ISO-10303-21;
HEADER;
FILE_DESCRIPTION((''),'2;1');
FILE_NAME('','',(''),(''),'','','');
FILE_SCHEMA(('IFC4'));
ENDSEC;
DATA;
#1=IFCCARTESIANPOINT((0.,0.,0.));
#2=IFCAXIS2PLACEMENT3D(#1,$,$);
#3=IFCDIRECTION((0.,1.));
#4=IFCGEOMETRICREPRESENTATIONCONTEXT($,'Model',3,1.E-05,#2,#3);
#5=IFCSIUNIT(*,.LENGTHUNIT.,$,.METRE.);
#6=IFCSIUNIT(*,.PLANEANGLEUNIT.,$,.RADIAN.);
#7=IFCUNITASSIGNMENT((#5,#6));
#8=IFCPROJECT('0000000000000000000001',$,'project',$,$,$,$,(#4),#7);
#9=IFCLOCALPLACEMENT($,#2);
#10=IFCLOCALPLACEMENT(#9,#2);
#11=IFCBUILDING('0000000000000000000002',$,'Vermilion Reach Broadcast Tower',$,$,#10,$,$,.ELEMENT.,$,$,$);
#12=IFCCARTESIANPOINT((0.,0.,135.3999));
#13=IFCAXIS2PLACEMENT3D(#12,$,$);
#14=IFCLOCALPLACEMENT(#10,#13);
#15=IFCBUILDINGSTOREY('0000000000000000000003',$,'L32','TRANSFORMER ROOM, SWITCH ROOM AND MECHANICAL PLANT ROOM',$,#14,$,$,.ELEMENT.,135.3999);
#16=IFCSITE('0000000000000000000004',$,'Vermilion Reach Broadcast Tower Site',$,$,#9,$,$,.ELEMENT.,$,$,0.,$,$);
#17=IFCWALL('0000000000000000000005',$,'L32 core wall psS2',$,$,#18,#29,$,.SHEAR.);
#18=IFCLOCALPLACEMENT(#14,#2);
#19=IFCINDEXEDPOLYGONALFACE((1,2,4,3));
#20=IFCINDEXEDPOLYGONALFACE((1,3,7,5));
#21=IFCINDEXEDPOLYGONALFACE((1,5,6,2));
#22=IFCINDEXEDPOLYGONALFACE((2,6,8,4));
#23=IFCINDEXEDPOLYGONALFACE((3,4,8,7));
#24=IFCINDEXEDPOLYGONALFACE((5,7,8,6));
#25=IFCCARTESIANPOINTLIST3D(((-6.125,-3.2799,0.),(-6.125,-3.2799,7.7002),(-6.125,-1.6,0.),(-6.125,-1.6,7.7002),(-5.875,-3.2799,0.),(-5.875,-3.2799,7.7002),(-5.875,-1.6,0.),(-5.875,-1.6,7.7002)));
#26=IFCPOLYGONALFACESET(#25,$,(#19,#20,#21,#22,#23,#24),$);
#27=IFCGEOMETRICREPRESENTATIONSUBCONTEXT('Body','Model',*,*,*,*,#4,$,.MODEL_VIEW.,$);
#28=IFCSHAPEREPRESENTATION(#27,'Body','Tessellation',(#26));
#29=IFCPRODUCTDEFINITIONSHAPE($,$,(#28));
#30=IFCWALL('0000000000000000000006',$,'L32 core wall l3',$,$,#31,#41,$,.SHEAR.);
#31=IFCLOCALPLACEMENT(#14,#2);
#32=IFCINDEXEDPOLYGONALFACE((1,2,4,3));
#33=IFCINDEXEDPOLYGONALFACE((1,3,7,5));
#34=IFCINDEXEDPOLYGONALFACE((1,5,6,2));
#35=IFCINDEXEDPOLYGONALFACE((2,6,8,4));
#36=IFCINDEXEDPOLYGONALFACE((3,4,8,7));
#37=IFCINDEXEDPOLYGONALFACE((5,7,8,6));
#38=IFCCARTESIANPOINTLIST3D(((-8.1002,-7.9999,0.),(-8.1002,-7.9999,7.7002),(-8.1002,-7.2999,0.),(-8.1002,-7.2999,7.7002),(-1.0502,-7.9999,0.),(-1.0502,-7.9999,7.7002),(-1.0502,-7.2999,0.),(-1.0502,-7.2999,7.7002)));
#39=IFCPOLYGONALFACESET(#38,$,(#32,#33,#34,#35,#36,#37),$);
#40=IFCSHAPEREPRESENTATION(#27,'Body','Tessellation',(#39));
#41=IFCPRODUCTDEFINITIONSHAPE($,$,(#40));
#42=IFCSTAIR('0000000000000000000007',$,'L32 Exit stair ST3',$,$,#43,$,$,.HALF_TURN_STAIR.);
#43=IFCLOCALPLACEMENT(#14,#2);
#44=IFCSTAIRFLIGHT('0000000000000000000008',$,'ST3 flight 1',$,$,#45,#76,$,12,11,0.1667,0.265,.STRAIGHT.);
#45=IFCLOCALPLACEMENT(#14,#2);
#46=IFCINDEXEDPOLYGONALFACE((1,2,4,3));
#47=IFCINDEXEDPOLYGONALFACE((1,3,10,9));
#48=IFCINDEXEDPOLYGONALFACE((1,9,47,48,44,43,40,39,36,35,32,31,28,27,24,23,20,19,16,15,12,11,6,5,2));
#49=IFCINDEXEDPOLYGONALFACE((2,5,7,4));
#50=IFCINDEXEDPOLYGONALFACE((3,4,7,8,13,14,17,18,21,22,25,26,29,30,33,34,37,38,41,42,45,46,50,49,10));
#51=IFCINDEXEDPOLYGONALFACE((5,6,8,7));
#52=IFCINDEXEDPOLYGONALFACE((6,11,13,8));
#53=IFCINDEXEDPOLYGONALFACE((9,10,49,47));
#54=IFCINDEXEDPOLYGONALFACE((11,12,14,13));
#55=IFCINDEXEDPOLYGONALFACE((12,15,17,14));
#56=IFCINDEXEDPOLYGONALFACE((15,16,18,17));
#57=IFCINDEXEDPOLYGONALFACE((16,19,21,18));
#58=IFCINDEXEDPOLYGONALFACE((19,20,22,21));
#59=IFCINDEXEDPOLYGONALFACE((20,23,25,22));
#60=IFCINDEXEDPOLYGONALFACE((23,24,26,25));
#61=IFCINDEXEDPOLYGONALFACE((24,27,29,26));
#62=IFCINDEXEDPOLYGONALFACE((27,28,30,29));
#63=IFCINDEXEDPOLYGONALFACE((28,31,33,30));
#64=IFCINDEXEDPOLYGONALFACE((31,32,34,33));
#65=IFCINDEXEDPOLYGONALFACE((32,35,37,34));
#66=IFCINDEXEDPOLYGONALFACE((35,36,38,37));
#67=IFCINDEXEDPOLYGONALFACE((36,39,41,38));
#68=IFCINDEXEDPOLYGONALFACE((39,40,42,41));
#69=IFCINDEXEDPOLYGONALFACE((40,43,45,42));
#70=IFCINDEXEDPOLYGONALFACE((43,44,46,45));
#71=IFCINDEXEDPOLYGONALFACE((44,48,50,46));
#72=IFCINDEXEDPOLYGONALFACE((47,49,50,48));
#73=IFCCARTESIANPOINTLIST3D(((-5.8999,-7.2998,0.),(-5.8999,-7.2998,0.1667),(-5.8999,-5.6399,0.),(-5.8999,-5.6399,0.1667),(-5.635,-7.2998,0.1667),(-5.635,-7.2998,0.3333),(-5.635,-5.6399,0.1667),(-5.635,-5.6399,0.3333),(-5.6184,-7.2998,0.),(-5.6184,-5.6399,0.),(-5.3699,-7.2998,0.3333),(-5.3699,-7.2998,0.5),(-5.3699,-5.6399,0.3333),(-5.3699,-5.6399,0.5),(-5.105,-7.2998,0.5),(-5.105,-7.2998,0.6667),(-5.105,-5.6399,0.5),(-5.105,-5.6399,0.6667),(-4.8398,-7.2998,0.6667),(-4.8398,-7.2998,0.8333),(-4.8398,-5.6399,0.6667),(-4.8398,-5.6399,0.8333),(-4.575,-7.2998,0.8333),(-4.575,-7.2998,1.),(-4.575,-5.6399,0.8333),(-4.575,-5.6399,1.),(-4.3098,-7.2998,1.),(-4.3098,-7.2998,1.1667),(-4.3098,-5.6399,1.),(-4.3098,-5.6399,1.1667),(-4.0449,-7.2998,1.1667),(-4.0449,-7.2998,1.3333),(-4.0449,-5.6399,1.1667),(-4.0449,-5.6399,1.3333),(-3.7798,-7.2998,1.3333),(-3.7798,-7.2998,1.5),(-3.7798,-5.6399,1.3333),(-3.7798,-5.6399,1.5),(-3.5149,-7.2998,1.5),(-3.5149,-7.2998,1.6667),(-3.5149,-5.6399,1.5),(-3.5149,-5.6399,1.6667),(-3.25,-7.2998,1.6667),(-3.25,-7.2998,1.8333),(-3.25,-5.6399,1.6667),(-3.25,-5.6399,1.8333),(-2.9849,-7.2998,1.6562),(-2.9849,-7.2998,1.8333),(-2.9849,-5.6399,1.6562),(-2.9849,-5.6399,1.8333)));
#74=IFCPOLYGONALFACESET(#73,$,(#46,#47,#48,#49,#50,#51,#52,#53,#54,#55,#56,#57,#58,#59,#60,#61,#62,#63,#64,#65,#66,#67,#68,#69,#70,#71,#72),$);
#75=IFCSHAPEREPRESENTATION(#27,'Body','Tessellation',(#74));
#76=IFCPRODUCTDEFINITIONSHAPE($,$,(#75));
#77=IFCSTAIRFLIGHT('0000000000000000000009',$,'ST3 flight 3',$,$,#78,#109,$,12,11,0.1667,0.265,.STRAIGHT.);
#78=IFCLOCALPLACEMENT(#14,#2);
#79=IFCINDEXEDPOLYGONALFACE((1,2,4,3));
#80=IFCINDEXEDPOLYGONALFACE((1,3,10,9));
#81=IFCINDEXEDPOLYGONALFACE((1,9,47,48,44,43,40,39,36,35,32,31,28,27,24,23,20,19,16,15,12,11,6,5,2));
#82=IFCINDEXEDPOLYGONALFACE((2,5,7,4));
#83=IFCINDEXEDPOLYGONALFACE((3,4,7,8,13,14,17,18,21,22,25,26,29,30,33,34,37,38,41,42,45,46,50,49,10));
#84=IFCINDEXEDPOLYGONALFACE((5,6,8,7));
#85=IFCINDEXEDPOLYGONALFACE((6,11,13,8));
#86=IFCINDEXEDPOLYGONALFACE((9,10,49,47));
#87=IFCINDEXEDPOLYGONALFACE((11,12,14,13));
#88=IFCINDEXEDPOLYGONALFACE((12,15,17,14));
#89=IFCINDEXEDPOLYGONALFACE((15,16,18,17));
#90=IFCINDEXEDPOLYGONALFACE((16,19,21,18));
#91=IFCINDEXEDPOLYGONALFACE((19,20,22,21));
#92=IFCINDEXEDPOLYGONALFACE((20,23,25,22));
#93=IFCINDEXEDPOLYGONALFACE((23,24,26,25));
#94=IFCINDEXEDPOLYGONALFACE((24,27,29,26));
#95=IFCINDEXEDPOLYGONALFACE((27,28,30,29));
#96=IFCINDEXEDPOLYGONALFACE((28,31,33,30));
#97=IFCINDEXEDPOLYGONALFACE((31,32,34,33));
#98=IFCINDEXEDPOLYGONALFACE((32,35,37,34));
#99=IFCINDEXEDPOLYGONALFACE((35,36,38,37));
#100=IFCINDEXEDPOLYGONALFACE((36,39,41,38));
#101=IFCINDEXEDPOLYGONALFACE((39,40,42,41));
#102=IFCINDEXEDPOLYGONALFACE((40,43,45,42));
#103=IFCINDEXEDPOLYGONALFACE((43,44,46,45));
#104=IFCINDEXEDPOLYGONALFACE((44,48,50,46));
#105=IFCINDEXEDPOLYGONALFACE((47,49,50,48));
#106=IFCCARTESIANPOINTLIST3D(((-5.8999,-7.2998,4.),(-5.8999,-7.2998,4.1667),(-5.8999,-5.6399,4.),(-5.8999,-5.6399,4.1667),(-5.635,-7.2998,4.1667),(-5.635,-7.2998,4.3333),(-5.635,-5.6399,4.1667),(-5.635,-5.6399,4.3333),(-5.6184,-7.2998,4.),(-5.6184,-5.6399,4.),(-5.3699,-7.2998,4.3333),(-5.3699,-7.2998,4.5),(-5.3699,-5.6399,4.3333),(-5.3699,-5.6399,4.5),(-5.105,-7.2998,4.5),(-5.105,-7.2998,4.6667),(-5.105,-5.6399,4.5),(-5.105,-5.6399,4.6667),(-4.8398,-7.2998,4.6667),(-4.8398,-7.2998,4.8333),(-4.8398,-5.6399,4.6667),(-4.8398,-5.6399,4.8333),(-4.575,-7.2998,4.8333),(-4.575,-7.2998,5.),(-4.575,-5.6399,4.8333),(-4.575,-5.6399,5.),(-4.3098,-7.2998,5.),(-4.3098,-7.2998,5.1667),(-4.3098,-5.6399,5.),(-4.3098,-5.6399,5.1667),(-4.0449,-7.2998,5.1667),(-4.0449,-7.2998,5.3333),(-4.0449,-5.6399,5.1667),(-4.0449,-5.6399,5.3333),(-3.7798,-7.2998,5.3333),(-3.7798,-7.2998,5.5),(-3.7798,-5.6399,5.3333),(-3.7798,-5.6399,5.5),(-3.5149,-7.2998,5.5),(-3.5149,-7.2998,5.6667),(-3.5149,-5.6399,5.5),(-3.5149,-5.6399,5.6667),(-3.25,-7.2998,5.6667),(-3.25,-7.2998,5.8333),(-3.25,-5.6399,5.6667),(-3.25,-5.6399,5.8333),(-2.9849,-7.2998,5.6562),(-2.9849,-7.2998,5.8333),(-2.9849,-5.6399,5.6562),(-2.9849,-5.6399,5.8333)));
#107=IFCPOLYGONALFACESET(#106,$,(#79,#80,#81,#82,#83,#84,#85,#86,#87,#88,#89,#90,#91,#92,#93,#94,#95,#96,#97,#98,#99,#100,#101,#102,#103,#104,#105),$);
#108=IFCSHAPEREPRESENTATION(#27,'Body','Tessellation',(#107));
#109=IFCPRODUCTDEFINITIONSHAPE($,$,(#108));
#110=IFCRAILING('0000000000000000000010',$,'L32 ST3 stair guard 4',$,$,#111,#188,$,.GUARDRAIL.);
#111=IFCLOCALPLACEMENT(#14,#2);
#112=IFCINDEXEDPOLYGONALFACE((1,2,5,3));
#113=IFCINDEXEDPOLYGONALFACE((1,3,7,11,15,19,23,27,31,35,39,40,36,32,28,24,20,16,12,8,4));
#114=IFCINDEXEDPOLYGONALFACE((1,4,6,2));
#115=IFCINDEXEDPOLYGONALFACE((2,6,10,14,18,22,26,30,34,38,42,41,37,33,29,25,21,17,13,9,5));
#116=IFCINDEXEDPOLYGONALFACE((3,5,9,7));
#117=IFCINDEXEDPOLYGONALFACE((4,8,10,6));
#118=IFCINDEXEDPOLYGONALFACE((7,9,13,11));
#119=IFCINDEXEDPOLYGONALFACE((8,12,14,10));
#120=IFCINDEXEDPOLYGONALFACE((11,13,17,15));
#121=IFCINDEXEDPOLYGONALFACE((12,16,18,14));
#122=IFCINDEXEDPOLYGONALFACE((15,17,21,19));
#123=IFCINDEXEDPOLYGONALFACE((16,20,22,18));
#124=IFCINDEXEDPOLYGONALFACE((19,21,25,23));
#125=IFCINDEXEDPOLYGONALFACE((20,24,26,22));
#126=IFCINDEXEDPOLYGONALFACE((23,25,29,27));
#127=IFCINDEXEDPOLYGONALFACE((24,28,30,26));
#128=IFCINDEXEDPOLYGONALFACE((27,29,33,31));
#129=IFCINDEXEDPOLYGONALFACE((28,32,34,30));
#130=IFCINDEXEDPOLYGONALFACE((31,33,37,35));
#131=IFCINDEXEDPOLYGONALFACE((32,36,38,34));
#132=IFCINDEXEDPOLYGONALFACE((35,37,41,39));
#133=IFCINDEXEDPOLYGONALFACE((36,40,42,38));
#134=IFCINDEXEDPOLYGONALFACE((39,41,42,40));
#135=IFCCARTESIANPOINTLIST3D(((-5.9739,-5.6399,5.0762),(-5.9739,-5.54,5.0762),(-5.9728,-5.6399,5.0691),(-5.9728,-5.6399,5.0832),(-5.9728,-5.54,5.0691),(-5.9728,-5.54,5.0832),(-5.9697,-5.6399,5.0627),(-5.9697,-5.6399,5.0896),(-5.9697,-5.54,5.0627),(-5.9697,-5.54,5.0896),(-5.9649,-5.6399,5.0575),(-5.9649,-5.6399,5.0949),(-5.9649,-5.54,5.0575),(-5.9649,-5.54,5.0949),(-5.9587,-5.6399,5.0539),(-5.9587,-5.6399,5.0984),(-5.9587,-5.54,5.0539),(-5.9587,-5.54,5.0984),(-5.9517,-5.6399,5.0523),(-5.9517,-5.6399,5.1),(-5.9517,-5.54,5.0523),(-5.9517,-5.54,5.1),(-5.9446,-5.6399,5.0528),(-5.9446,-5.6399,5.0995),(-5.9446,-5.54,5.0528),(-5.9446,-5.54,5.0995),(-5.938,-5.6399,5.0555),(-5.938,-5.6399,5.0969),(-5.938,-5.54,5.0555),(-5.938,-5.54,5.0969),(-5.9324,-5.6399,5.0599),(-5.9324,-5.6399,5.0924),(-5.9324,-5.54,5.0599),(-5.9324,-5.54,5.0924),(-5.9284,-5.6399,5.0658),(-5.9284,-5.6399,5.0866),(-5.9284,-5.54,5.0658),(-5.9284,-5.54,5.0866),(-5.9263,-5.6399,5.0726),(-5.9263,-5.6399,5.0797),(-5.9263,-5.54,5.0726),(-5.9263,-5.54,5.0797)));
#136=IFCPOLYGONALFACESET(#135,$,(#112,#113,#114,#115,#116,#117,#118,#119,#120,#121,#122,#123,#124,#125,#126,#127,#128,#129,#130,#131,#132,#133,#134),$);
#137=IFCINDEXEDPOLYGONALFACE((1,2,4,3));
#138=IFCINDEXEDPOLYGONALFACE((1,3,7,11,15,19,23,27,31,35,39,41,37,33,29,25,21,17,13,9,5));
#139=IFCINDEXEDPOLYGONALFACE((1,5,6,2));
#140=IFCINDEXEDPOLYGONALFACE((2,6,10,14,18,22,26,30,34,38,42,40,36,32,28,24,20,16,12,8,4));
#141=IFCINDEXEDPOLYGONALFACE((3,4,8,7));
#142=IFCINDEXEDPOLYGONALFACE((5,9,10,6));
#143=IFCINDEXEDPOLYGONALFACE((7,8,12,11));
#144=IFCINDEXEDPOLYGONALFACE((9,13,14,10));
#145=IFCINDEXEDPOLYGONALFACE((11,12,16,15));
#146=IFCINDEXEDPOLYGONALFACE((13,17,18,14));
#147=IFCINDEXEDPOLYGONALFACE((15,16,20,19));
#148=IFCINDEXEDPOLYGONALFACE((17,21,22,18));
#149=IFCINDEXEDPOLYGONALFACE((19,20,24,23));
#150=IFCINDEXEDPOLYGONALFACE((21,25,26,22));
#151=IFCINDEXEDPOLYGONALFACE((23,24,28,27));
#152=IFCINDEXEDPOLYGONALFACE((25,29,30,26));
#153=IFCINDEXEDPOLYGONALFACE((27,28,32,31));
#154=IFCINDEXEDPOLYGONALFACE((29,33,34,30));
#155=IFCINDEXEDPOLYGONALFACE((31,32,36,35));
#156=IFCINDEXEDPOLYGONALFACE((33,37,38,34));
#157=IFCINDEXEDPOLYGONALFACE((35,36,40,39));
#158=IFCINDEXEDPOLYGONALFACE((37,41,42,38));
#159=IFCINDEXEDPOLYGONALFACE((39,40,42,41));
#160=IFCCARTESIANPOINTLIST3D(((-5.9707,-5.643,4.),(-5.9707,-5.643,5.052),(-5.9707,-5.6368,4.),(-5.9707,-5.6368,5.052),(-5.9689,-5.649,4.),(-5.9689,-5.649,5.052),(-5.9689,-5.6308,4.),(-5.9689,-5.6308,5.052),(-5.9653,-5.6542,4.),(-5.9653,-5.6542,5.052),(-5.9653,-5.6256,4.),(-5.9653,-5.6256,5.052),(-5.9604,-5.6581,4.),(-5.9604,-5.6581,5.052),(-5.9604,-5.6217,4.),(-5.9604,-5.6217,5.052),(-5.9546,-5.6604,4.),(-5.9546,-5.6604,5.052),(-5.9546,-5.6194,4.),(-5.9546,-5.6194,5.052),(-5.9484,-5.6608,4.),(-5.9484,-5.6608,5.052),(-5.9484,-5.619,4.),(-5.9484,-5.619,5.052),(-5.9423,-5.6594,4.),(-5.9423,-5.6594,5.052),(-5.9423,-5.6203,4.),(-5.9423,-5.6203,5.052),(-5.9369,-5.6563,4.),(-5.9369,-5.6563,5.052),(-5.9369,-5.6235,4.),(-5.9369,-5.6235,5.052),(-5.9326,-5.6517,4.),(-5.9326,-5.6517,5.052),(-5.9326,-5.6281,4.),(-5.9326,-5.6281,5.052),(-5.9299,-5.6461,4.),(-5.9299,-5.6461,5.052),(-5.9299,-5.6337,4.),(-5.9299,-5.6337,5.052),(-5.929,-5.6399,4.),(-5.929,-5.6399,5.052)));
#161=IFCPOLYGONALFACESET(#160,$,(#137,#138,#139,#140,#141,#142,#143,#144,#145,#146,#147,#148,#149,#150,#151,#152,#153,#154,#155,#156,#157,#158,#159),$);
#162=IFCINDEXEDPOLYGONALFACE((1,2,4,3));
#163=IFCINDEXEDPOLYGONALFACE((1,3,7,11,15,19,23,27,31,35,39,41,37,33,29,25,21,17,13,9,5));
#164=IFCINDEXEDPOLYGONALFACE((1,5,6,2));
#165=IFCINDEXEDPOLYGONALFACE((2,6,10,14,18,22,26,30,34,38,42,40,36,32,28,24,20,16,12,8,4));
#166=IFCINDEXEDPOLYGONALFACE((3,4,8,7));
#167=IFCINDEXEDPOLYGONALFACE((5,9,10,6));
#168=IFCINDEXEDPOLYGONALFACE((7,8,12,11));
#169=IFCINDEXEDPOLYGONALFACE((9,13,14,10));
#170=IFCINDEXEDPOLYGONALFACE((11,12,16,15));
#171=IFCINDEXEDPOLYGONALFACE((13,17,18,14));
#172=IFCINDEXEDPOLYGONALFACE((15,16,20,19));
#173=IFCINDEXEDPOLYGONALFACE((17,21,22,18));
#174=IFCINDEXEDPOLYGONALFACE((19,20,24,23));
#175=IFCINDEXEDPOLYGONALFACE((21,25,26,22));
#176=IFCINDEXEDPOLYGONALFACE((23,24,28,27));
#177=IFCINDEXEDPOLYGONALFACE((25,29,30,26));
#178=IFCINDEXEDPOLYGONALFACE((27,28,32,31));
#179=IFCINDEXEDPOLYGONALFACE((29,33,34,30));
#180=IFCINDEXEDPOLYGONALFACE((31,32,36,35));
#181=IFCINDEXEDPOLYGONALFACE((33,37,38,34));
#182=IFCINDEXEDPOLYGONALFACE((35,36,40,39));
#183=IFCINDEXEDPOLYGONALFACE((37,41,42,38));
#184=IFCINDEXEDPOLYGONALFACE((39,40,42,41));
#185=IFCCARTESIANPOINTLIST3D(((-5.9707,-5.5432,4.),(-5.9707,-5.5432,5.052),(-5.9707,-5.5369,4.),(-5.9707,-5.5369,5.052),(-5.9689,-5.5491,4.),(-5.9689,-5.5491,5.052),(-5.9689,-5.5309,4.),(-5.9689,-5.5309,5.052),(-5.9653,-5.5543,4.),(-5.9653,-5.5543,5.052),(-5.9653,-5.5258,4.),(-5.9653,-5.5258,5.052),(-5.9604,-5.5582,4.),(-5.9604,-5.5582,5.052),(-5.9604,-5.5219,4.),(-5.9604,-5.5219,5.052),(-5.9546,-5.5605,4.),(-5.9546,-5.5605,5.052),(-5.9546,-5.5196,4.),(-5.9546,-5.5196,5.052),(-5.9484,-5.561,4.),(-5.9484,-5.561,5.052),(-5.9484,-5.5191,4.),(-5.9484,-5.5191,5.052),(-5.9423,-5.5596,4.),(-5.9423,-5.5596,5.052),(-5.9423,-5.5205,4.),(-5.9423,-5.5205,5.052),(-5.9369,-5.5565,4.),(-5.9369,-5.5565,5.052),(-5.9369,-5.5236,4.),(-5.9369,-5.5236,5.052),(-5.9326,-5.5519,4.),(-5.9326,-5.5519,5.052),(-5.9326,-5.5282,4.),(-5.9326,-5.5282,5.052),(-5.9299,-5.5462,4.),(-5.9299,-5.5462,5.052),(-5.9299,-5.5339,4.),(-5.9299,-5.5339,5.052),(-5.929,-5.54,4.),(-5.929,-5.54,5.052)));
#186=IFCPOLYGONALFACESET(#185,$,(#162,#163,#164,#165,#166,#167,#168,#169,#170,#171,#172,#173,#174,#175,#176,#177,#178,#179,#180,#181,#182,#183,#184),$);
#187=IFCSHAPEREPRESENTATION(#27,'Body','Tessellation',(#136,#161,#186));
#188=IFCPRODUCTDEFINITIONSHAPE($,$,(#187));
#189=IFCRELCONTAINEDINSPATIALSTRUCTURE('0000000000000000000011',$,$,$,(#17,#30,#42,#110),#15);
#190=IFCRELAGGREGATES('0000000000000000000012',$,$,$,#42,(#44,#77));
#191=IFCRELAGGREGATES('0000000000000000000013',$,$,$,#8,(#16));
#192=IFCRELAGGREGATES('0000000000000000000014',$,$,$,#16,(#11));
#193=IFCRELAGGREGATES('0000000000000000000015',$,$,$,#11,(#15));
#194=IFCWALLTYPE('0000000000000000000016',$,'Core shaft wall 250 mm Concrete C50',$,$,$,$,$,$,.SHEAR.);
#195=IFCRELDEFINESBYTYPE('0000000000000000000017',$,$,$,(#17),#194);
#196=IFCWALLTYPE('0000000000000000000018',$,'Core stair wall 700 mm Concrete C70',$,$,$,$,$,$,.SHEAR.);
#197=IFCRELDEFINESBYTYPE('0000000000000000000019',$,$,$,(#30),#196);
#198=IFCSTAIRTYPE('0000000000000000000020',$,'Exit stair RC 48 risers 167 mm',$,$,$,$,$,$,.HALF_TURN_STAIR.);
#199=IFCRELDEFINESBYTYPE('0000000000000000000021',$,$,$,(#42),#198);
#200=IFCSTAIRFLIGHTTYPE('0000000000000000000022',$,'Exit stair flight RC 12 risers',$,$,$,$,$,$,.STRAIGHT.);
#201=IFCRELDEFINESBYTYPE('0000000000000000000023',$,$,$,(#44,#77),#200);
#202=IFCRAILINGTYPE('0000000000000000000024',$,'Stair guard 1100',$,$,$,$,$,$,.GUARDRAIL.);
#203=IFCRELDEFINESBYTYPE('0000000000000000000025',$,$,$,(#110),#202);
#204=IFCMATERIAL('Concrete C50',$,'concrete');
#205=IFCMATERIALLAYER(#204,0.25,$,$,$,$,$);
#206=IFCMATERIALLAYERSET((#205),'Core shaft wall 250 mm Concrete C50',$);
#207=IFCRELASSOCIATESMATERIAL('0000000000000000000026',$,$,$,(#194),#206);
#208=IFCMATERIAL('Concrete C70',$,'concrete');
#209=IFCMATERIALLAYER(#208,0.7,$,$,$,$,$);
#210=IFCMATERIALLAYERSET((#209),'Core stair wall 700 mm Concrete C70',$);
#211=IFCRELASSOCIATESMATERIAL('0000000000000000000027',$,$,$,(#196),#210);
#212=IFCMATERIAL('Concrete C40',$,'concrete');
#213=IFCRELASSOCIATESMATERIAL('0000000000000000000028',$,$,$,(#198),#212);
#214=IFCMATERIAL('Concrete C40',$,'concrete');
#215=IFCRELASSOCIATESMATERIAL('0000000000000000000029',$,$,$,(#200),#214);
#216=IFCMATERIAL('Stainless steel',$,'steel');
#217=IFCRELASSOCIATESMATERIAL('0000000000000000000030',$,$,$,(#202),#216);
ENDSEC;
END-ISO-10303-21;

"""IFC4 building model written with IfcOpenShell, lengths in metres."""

from ifc_helpers import new_model, si_unit, direction, frame, frame_2d, origin, origin_2d, place, context, subcontext, project, spatial, polyline, rectangle, circle, outline, extrude, material, layer, layer_set, type_object, element, aggregate, save


model = new_model("IFC4")

# Units and contexts
model_context = context("Model", 3, precision=1e-05, world=origin(), true_north=direction((0.0, 1.0)))
body_context = subcontext(model_context, "Body", "Model", "MODEL_VIEW")
ifc_project = project(units=[si_unit("LENGTHUNIT", "METRE"), si_unit("PLANEANGLEUNIT", "RADIAN")], contexts=[model_context])

# Site, building, storey
site_placement = place(None, origin())
site = spatial("IfcSite", under=ifc_project, at=site_placement, Name="Vermilion Reach Broadcast Tower Site", CompositionType="ELEMENT", RefElevation=0.0)
building_placement = place(site_placement, origin())
building = spatial("IfcBuilding", under=site, at=building_placement, Name="Vermilion Reach Broadcast Tower", CompositionType="ELEMENT")
storey_placement = place(building_placement, frame((0.0, 0.0, 135.3999)))
storey = spatial("IfcBuildingStorey", under=building, at=storey_placement, Name="L32", Description="TRANSFORMER ROOM, SWITCH ROOM AND MECHANICAL PLANT ROOM", CompositionType="ELEMENT", Elevation=135.3999)

# Walls
ifc_material_1 = material(Name="Concrete C50", Category="concrete")
ifc_layer_1 = layer(ifc_material_1, 0.25)
ifc_layer_set_1 = layer_set([ifc_layer_1], Name="Core shaft wall 250 mm Concrete C50")
wall_type_1 = type_object("IfcWallType", Name="Core shaft wall 250 mm Concrete C50", PredefinedType="SHEAR", material=ifc_layer_set_1)
for number, where, z_axis, x_axis, name in (
    (1, (-6.0, -1.6001, 0.0), (0.0, 0.0, 1.0), (0.0, -1.0, 0.0), "L32 core wall psS2"),
):
    element("IfcWall", number, at=place(storey_placement, frame(where, z_axis=z_axis, x_axis=x_axis)), inside=storey, type_object=wall_type_1, Name=name, PredefinedType="SHEAR", context=body_context, shape_type="SweptSolid", body=[
        extrude(rectangle(XDim=1.6799, YDim=0.25, at=frame_2d((0.8398, 0.0))), origin(), (0.0, 0.0, 1.0), 7.7002),
    ])
ifc_material_2 = material(Name="Concrete C70", Category="concrete")
ifc_layer_2 = layer(ifc_material_2, 0.7)
ifc_layer_set_2 = layer_set([ifc_layer_2], Name="Core stair wall 700 mm Concrete C70")
wall_type_2 = type_object("IfcWallType", Name="Core stair wall 700 mm Concrete C70", PredefinedType="SHEAR", material=ifc_layer_set_2)
wall_1_placement = place(storey_placement, frame((-8.1001, -7.6499, 0.0), z_axis=(0.0, 0.0, 1.0), x_axis=(1.0, 0.0, 0.0)))
element("IfcWall", 2, at=wall_1_placement, inside=storey, type_object=wall_type_2, Name="L32 core wall l3", PredefinedType="SHEAR", context=body_context, shape_type="SweptSolid", body=[
    extrude(rectangle(XDim=7.05, YDim=0.7, at=frame_2d((3.5249, 0.0))), origin(), (0.0, 0.0, 1.0), 7.7002),
])

# Stair, stair flights
ifc_material_3 = material(Name="Concrete C40", Category="concrete")
stair_type = type_object("IfcStairType", Name="Exit stair RC 48 risers 167 mm", PredefinedType="HALF_TURN_STAIR", material=ifc_material_3)
stair_placement = place(storey_placement, origin())
stair = element("IfcStair", 3, at=stair_placement, inside=storey, type_object=stair_type, Name="L32 Exit stair ST3", PredefinedType="HALF_TURN_STAIR")
ifc_material_4 = material(Name="Concrete C40", Category="concrete")
stair_flight_type = type_object("IfcStairFlightType", Name="Exit stair flight RC 12 risers", PredefinedType="STRAIGHT", material=ifc_material_4)
stair_flight_1_placement = place(storey_placement, frame((-5.8999, -6.47, 0.0), z_axis=(0.0, 0.0, 1.0), x_axis=(1.0, 0.0, 0.0)))
stair_flight_1 = element("IfcStairFlight", 4, at=stair_flight_1_placement, type_object=stair_flight_type, Name="ST3 flight 1", NumberOfRisers=12, NumberOfTreads=11, PredefinedType="STRAIGHT", RiserHeight=0.1667, TreadLength=0.265, context=body_context, shape_type="SweptSolid", body=[
    extrude(outline(polyline([(0.0, 0.0), (0.0, 0.1667), (0.2649, 0.1667), (0.2649, 0.3333), (0.53, 0.3333), (0.53, 0.5), (0.7949, 0.5), (0.7949, 0.6667), (1.0601, 0.6667), (1.0601, 0.8333), (1.325, 0.8333), (1.325, 1.0), (1.5901, 1.0), (1.5901, 1.1667), (1.855, 1.1667), (1.855, 1.3333), (2.1201, 1.3333), (2.1201, 1.5), (2.385, 1.5), (2.385, 1.6667), (2.6499, 1.6667), (2.6499, 1.8333), (2.915, 1.8333), (2.915, 2.0), (2.915, 1.6562), (0.2815, 0.0), (0.0, 0.0)])), frame((0.0, 0.8301, 0.0), z_axis=(0.0, -1.0, 0.0), x_axis=(1.0, 0.0, 0.0)), (0.0, 0.0, 1.0), 1.6599),
])
stair_flight_2_placement = place(storey_placement, frame((-5.8999, -6.47, 4.0), z_axis=(0.0, 0.0, 1.0), x_axis=(1.0, 0.0, 0.0)))
stair_flight_2 = element("IfcStairFlight", 5, at=stair_flight_2_placement, type_object=stair_flight_type, Name="ST3 flight 3", NumberOfRisers=12, NumberOfTreads=11, PredefinedType="STRAIGHT", RiserHeight=0.1667, TreadLength=0.265, context=body_context, shape_type="SweptSolid", body=[
    extrude(outline(polyline([(0.0, 0.0), (0.0, 0.1667), (0.2649, 0.1667), (0.2649, 0.3333), (0.53, 0.3333), (0.53, 0.5), (0.7949, 0.5), (0.7949, 0.6667), (1.0601, 0.6667), (1.0601, 0.8333), (1.325, 0.8333), (1.325, 1.0), (1.5901, 1.0), (1.5901, 1.1667), (1.855, 1.1667), (1.855, 1.3333), (2.1201, 1.3333), (2.1201, 1.5), (2.385, 1.5), (2.385, 1.6667), (2.6499, 1.6667), (2.6499, 1.8333), (2.915, 1.8333), (2.915, 2.0), (2.915, 1.6562), (0.2815, 0.0), (0.0, 0.0)])), frame((0.0, 0.8301, 0.0), z_axis=(0.0, -1.0, 0.0), x_axis=(1.0, 0.0, 0.0)), (0.0, 0.0, 1.0), 1.6599),
])
aggregate(stair, [stair_flight_1, stair_flight_2])

# Railing
ifc_material_5 = material(Name="Stainless steel", Category="steel")
railing_type = type_object("IfcRailingType", Name="Stair guard 1100", PredefinedType="GUARDRAIL", material=ifc_material_5)
for number, where, name in (
    (6, (-5.95, -5.6399, 4.0), "L32 ST3 stair guard 4"),
):
    element("IfcRailing", number, at=place(storey_placement, frame(where)), inside=storey, type_object=railing_type, Name=name, PredefinedType="GUARDRAIL", context=body_context, shape_type="SweptSolid", body=[
        extrude(circle(Radius=0.0239, at=origin_2d()), frame((0.0, 0.0, 1.0762), z_axis=(0.0, 1.0, 0.0), x_axis=(-1.0, 0.0, 0.0)), (0.0, 0.0, 1.0), 0.0999),
        extrude(circle(Radius=0.021, at=origin_2d()), origin(), (0.0, 0.0, 1.0), 1.052),
        extrude(circle(Radius=0.021, at=origin_2d()), frame((0.0, 0.0999, 0.0)), (0.0, 0.0, 1.0), 1.052),
    ])

save(model, "model.ifc")
